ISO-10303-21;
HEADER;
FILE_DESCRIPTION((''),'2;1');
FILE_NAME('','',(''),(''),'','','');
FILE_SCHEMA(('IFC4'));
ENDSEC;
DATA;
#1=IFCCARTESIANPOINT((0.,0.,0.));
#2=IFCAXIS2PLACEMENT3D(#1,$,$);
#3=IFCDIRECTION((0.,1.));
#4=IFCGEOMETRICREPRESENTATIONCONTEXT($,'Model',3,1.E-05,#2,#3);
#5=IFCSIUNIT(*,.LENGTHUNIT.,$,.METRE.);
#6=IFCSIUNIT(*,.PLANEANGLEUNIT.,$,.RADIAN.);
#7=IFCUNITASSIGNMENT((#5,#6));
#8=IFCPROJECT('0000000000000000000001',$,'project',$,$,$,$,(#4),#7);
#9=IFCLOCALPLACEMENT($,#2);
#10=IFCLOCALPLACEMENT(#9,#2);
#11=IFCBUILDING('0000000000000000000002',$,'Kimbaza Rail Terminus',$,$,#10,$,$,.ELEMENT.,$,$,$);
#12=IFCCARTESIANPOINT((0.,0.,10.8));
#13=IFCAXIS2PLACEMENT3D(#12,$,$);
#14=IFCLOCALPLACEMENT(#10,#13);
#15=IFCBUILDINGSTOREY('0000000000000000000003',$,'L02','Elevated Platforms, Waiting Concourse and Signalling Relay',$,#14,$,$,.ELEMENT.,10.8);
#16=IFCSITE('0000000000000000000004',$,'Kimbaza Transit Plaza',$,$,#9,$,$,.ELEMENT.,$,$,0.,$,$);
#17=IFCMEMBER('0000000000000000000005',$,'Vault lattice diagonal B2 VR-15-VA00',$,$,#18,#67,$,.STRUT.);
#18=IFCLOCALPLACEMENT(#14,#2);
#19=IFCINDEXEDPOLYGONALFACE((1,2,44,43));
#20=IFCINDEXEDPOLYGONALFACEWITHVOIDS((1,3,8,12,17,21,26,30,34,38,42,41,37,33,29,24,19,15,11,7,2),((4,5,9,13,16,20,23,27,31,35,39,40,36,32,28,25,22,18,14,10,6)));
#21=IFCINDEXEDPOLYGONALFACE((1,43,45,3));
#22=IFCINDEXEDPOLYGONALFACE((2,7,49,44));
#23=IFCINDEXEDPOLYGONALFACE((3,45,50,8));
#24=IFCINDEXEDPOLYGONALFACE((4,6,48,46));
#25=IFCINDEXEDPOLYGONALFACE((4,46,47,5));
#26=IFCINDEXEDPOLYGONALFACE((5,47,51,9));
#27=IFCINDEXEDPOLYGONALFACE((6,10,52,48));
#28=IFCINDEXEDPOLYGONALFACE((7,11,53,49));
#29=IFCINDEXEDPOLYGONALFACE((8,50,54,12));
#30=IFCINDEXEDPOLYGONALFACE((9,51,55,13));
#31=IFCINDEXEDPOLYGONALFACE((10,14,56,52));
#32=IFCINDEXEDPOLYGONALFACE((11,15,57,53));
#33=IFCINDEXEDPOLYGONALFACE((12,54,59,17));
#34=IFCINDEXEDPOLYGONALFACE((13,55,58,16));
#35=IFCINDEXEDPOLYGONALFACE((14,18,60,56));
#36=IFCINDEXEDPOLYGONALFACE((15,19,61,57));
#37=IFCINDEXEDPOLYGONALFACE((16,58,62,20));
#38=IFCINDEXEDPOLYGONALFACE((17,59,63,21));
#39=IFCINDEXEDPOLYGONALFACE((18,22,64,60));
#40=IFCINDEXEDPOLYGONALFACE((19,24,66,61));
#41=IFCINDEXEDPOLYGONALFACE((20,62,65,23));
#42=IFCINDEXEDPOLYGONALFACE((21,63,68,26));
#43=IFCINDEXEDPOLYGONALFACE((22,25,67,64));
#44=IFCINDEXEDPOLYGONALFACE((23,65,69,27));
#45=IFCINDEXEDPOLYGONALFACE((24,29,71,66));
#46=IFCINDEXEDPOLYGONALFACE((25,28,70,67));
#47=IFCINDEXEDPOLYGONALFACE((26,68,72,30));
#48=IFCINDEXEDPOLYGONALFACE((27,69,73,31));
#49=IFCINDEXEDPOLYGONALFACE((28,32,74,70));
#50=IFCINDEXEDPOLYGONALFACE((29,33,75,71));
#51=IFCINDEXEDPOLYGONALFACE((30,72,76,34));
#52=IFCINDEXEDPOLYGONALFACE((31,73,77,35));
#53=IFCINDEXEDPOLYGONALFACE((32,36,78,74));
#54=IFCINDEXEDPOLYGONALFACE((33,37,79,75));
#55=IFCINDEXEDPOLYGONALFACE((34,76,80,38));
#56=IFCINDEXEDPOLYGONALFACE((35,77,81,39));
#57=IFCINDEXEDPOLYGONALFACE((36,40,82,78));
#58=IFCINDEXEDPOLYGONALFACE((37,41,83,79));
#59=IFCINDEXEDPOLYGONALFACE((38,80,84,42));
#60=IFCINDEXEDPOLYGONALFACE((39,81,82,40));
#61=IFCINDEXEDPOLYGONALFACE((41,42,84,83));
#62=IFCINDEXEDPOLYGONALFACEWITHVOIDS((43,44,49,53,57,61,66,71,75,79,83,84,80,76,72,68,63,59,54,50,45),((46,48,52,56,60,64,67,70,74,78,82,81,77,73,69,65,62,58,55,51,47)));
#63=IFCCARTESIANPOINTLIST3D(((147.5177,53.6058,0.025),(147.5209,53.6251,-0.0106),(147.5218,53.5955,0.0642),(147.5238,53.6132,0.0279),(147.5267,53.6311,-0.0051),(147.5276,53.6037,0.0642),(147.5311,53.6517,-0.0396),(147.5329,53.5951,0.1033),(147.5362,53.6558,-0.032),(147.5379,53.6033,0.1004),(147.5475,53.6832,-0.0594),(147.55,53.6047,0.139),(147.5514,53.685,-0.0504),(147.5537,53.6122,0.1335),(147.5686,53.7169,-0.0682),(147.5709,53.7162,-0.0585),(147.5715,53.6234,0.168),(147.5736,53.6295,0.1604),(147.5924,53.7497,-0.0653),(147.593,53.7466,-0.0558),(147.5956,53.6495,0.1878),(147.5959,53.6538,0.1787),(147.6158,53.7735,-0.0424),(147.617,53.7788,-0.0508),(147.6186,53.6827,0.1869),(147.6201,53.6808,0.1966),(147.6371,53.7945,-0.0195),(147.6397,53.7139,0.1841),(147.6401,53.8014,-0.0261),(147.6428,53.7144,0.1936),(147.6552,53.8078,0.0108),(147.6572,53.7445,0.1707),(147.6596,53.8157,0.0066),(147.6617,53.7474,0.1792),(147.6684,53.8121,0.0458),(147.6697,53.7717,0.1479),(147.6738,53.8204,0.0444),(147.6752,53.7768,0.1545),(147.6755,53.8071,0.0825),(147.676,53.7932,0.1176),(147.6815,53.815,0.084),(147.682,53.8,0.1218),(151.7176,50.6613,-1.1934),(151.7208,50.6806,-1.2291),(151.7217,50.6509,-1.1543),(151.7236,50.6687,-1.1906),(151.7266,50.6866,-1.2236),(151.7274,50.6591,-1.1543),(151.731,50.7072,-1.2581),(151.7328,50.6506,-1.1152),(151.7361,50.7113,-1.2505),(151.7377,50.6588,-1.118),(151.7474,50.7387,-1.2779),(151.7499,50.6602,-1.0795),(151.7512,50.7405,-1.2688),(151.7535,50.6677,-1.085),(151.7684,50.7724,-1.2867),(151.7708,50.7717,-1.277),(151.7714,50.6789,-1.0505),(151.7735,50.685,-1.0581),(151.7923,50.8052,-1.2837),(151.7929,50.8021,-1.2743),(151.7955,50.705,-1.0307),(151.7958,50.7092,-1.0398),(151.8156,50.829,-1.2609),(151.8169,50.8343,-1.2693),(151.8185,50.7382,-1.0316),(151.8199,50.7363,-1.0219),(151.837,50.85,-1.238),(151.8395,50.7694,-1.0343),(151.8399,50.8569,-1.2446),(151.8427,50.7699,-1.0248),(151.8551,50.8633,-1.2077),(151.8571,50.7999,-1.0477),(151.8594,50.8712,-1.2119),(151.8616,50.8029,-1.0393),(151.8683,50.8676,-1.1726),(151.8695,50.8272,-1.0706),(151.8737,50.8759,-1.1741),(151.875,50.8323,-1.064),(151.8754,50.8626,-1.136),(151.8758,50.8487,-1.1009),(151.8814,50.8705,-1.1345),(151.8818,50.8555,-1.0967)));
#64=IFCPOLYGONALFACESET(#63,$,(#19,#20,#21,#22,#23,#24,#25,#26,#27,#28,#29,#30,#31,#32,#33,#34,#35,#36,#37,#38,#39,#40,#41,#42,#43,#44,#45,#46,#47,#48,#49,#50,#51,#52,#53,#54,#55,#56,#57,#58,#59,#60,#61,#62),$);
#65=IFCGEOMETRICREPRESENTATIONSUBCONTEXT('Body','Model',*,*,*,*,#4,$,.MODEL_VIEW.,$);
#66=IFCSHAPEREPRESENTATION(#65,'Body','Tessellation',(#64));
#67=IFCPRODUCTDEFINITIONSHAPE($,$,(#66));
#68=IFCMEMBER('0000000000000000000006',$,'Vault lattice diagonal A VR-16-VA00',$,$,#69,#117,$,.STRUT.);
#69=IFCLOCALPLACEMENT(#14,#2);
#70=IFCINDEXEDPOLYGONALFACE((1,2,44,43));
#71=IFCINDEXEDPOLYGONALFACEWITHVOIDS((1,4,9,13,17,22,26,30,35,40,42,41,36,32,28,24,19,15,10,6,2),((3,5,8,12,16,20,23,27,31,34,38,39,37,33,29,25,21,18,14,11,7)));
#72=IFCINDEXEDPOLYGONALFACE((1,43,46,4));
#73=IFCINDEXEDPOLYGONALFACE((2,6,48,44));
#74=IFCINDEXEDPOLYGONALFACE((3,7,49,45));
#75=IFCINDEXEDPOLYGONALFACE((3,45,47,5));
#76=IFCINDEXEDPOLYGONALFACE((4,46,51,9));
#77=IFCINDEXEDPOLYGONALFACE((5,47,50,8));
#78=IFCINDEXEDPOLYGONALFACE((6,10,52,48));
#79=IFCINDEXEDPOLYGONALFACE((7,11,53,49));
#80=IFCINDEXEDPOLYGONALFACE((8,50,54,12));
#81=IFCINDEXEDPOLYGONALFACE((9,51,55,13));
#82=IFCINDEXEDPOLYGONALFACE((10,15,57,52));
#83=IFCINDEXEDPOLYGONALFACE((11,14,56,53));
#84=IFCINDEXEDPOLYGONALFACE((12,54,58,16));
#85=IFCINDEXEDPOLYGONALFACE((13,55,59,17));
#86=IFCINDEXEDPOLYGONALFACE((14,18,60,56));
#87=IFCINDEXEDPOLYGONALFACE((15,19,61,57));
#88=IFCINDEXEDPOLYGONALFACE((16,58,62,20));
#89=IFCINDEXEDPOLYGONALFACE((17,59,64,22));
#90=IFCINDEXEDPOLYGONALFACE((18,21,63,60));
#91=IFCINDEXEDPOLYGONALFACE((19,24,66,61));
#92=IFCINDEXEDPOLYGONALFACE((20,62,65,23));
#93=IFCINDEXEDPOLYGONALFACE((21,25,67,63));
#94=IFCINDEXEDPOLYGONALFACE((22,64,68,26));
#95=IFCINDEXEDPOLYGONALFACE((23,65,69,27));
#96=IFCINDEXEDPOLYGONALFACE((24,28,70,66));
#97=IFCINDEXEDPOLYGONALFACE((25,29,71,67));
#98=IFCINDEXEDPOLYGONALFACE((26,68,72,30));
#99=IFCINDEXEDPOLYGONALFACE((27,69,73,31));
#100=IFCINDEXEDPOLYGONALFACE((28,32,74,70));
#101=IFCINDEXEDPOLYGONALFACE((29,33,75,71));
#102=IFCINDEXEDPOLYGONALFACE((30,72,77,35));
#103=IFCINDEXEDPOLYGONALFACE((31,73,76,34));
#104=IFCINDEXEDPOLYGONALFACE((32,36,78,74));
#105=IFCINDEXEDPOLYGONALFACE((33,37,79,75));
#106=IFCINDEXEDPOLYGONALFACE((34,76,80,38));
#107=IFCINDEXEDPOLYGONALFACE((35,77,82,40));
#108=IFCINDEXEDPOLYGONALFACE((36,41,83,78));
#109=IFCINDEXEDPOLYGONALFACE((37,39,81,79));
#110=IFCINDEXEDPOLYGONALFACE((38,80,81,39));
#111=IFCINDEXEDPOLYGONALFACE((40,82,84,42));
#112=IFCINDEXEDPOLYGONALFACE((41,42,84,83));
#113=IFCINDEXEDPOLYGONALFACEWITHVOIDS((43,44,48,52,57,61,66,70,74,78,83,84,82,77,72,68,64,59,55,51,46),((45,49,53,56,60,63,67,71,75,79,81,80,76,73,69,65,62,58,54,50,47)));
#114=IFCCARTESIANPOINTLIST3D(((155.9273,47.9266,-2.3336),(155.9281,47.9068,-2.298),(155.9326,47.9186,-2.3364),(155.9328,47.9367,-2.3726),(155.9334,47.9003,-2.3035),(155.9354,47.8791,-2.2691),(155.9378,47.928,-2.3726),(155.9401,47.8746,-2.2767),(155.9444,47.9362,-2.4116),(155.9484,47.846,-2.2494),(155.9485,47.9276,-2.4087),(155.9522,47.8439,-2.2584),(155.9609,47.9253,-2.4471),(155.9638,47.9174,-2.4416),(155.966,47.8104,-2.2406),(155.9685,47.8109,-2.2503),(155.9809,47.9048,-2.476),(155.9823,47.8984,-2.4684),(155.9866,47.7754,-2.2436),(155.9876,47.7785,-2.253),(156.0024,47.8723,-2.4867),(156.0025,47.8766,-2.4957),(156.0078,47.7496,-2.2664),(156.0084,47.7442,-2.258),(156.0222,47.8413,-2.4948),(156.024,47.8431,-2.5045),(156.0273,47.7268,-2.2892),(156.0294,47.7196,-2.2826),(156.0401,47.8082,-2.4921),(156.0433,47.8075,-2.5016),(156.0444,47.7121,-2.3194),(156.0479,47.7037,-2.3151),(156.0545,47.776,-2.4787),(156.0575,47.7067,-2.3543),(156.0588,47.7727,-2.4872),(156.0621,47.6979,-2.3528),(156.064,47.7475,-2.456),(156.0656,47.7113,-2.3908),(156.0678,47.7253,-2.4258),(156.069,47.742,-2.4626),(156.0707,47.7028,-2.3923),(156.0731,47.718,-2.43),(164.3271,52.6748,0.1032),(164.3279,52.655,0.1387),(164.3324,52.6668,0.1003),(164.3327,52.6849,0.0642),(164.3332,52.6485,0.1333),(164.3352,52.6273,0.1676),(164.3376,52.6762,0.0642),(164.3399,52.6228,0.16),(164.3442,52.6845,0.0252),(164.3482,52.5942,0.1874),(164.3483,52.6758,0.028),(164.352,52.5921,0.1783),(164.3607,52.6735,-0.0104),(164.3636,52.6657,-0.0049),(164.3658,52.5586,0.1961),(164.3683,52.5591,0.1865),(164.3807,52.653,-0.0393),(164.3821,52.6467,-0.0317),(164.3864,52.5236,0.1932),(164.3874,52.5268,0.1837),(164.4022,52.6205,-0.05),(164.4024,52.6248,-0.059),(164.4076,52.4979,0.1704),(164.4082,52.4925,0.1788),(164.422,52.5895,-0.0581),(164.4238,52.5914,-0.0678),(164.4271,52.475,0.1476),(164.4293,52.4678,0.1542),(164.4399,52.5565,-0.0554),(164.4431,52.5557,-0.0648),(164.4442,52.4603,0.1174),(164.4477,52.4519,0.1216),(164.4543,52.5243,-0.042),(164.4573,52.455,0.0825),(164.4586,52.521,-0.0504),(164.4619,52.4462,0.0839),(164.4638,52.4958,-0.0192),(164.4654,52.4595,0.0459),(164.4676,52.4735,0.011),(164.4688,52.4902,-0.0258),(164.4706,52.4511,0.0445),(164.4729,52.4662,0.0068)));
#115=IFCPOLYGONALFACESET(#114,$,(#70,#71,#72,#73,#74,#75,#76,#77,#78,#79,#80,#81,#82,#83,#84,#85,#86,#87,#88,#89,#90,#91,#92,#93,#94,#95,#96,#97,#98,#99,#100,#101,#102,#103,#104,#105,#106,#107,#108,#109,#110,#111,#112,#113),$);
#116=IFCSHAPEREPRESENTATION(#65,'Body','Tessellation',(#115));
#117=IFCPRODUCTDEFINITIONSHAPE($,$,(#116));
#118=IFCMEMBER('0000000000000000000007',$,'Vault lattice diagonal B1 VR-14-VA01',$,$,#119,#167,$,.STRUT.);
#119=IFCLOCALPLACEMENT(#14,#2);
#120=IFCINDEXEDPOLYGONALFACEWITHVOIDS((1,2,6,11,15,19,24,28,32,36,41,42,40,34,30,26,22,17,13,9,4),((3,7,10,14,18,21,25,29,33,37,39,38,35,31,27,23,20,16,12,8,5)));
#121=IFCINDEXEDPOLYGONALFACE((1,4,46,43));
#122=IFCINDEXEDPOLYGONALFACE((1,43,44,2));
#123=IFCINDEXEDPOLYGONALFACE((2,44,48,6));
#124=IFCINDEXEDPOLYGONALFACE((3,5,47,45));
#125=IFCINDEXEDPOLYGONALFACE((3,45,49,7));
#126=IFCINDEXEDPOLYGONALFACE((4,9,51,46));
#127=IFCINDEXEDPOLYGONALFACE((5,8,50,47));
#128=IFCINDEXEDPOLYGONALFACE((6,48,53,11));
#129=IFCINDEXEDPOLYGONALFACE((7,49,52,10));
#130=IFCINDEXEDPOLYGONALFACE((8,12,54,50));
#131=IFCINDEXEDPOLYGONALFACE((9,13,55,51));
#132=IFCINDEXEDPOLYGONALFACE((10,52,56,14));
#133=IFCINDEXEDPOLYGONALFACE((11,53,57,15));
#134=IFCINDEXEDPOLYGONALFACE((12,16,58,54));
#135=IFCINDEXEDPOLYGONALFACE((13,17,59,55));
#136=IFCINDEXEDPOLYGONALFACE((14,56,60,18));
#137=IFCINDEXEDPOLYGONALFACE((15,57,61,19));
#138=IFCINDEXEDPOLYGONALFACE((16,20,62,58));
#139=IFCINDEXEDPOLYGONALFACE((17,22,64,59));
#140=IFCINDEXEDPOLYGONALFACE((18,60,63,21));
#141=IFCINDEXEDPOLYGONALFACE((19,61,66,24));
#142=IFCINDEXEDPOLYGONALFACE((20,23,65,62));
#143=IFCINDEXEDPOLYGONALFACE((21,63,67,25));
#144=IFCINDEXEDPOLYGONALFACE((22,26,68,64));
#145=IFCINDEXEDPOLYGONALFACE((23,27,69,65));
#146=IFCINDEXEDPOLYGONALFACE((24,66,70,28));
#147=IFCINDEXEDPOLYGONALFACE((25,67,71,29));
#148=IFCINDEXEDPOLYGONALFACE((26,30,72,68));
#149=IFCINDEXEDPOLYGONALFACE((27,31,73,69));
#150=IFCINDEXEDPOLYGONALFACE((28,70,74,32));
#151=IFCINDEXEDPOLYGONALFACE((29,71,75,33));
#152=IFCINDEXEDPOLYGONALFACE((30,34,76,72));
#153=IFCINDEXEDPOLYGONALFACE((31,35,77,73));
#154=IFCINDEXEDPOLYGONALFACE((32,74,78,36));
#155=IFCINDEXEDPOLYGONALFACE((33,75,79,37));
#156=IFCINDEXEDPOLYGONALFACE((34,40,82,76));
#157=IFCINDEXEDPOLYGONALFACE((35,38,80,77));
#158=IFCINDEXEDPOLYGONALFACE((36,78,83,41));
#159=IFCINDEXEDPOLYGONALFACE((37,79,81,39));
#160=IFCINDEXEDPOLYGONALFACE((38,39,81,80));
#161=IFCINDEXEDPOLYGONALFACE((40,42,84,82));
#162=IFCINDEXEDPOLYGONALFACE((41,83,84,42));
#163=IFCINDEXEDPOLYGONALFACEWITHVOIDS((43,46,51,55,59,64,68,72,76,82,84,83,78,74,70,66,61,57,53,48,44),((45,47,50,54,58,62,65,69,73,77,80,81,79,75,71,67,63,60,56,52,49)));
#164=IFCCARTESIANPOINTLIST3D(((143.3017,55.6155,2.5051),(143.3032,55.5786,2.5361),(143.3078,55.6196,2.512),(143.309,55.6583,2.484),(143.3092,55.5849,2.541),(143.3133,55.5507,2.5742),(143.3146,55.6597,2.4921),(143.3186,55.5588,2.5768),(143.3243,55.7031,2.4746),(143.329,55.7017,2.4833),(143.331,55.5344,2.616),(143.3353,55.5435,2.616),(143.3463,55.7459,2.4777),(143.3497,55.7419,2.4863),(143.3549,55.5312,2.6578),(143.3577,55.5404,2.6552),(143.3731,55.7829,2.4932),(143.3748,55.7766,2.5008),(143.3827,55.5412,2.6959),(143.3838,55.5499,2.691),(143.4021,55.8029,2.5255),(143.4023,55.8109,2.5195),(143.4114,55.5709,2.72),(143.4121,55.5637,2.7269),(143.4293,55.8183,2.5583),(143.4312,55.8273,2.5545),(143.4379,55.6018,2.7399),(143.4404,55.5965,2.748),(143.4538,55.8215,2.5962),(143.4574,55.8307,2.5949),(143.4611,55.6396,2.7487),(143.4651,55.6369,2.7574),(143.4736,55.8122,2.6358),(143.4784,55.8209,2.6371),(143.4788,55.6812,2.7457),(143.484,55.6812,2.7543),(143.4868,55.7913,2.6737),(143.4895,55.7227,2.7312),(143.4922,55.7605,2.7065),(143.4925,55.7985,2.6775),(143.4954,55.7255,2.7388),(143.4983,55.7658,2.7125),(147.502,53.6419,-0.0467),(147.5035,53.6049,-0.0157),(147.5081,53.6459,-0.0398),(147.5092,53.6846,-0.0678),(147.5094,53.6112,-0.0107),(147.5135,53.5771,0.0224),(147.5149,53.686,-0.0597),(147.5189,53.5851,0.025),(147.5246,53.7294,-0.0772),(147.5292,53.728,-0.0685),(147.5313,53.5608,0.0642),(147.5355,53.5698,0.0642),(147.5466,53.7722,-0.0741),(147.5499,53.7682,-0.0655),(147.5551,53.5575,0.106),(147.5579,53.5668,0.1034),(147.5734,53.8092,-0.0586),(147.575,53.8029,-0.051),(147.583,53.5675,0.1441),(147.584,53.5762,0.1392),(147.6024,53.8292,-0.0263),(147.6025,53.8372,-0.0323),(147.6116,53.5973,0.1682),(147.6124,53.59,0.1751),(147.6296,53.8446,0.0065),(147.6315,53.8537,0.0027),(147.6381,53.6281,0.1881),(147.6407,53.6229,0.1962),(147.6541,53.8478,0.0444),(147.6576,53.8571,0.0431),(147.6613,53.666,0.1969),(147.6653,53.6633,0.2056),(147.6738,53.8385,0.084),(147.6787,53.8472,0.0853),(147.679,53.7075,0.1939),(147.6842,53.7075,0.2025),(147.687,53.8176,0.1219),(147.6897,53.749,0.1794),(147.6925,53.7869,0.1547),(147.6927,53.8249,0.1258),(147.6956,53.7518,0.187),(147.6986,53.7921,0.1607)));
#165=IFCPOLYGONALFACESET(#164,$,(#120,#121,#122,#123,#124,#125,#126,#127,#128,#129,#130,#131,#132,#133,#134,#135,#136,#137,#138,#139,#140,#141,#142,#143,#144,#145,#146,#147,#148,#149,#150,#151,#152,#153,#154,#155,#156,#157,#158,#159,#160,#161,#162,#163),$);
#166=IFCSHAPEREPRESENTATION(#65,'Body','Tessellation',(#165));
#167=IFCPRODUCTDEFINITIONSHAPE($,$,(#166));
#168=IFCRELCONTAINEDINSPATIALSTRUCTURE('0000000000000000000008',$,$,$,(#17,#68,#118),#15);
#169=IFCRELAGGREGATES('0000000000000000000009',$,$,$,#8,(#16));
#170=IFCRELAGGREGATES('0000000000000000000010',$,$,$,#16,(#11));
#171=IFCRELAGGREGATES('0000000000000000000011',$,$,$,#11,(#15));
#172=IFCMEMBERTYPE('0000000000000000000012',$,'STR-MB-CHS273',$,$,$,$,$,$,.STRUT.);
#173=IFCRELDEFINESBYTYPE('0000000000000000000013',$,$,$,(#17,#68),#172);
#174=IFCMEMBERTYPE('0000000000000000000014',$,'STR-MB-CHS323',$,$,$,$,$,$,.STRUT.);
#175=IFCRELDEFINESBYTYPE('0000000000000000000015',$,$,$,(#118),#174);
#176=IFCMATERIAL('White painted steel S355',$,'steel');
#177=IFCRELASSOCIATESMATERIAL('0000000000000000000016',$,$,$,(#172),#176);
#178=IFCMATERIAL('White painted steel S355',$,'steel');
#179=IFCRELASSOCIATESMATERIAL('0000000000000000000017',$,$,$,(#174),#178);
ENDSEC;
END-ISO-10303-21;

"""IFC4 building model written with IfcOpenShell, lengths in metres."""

from ifc_helpers import new_model, si_unit, direction, frame, origin, origin_2d, place, context, subcontext, project, spatial, hollow_circle, extrude, material, material_profile, profile_set, type_object, element, save


model = new_model("IFC4")

# Units and contexts
model_context = context("Model", 3, precision=1e-05, world=origin(), true_north=direction((0.0, 1.0)))
body_context = subcontext(model_context, "Body", "Model", "MODEL_VIEW")
ifc_project = project(units=[si_unit("LENGTHUNIT", "METRE"), si_unit("PLANEANGLEUNIT", "RADIAN")], contexts=[model_context])

# Site, building, storey
site_placement = place(None, origin())
site = spatial("IfcSite", under=ifc_project, at=site_placement, Name="Kimbaza Transit Plaza", CompositionType="ELEMENT", RefElevation=0.0)
building_placement = place(site_placement, origin())
building = spatial("IfcBuilding", under=site, at=building_placement, Name="Kimbaza Rail Terminus", CompositionType="ELEMENT")
storey_placement = place(building_placement, frame((0.0, 0.0, 10.8)))
storey = spatial("IfcBuildingStorey", under=building, at=storey_placement, Name="L02", Description="Elevated Platforms, Waiting Concourse and Signalling Relay", CompositionType="ELEMENT", Elevation=10.8)

# Members
ifc_material_1 = material(Name="White painted steel S355", Category="steel")
ifc_material_profile_1 = material_profile(ifc_material_1, hollow_circle(Radius=0.1365, WallThickness=0.01, at=origin_2d()), Name="CHS 273x10")
ifc_profile_set_1 = profile_set([ifc_material_profile_1], Name="White painted steel S355")
member_type_1 = type_object("IfcMemberType", Name="STR-MB-CHS273", PredefinedType="STRUT", material=ifc_profile_set_1)
member_1_placement = place(storey_placement, frame((151.8, 50.7627, -1.1543), z_axis=(-0.796639, 0.558523, 0.231124), x_axis=(-0.574066, -0.818809, 0.0)))
element("IfcMember", 1, at=member_1_placement, inside=storey, type_object=member_type_1, Name="Vault lattice diagonal B2 VR-15-VA00", PredefinedType="STRUT", context=body_context, shape_type="SweptSolid", body=[
    extrude(hollow_circle(Radius=0.1365, WallThickness=0.01, at=origin_2d()), origin(), (0.0, 0.0, 1.0), 5.272),
])
member_2_placement = place(storey_placement, frame((156.0, 47.8179, -2.3726), z_axis=(0.844041, 0.477119, 0.244852), x_axis=(-0.492098, 0.87054, 0.0)))
element("IfcMember", 2, at=member_2_placement, inside=storey, type_object=member_type_1, Name="Vault lattice diagonal A VR-16-VA00", PredefinedType="STRUT", context=body_context, shape_type="SweptSolid", body=[
    extrude(hollow_circle(Radius=0.1365, WallThickness=0.01, at=origin_2d()), origin(), (0.0, 0.0, 1.0), 9.9519),
])
ifc_material_2 = material(Name="White painted steel S355", Category="steel")
ifc_material_profile_2 = material_profile(ifc_material_2, hollow_circle(Radius=0.1619, WallThickness=0.01, at=origin_2d()), Name="CHS 323.9x10")
ifc_profile_set_2 = profile_set([ifc_material_profile_2], Name="White painted steel S355")
member_type_2 = type_object("IfcMemberType", Name="STR-MB-CHS323", PredefinedType="STRUT", material=ifc_profile_set_2)
member_3_placement = place(storey_placement, frame((147.6001, 53.7073, 0.0642), z_axis=(-0.793078, 0.37266, 0.481821), x_axis=(-0.42528, -0.905062, 0.0)))
element("IfcMember", 3, at=member_3_placement, inside=storey, type_object=member_type_2, Name="Vault lattice diagonal B1 VR-14-VA01", PredefinedType="STRUT", context=body_context, shape_type="SweptSolid", body=[
    extrude(hollow_circle(Radius=0.1619, WallThickness=0.01, at=origin_2d()), origin(), (0.0, 0.0, 1.0), 5.2961),
])

save(model, "model.ifc")
